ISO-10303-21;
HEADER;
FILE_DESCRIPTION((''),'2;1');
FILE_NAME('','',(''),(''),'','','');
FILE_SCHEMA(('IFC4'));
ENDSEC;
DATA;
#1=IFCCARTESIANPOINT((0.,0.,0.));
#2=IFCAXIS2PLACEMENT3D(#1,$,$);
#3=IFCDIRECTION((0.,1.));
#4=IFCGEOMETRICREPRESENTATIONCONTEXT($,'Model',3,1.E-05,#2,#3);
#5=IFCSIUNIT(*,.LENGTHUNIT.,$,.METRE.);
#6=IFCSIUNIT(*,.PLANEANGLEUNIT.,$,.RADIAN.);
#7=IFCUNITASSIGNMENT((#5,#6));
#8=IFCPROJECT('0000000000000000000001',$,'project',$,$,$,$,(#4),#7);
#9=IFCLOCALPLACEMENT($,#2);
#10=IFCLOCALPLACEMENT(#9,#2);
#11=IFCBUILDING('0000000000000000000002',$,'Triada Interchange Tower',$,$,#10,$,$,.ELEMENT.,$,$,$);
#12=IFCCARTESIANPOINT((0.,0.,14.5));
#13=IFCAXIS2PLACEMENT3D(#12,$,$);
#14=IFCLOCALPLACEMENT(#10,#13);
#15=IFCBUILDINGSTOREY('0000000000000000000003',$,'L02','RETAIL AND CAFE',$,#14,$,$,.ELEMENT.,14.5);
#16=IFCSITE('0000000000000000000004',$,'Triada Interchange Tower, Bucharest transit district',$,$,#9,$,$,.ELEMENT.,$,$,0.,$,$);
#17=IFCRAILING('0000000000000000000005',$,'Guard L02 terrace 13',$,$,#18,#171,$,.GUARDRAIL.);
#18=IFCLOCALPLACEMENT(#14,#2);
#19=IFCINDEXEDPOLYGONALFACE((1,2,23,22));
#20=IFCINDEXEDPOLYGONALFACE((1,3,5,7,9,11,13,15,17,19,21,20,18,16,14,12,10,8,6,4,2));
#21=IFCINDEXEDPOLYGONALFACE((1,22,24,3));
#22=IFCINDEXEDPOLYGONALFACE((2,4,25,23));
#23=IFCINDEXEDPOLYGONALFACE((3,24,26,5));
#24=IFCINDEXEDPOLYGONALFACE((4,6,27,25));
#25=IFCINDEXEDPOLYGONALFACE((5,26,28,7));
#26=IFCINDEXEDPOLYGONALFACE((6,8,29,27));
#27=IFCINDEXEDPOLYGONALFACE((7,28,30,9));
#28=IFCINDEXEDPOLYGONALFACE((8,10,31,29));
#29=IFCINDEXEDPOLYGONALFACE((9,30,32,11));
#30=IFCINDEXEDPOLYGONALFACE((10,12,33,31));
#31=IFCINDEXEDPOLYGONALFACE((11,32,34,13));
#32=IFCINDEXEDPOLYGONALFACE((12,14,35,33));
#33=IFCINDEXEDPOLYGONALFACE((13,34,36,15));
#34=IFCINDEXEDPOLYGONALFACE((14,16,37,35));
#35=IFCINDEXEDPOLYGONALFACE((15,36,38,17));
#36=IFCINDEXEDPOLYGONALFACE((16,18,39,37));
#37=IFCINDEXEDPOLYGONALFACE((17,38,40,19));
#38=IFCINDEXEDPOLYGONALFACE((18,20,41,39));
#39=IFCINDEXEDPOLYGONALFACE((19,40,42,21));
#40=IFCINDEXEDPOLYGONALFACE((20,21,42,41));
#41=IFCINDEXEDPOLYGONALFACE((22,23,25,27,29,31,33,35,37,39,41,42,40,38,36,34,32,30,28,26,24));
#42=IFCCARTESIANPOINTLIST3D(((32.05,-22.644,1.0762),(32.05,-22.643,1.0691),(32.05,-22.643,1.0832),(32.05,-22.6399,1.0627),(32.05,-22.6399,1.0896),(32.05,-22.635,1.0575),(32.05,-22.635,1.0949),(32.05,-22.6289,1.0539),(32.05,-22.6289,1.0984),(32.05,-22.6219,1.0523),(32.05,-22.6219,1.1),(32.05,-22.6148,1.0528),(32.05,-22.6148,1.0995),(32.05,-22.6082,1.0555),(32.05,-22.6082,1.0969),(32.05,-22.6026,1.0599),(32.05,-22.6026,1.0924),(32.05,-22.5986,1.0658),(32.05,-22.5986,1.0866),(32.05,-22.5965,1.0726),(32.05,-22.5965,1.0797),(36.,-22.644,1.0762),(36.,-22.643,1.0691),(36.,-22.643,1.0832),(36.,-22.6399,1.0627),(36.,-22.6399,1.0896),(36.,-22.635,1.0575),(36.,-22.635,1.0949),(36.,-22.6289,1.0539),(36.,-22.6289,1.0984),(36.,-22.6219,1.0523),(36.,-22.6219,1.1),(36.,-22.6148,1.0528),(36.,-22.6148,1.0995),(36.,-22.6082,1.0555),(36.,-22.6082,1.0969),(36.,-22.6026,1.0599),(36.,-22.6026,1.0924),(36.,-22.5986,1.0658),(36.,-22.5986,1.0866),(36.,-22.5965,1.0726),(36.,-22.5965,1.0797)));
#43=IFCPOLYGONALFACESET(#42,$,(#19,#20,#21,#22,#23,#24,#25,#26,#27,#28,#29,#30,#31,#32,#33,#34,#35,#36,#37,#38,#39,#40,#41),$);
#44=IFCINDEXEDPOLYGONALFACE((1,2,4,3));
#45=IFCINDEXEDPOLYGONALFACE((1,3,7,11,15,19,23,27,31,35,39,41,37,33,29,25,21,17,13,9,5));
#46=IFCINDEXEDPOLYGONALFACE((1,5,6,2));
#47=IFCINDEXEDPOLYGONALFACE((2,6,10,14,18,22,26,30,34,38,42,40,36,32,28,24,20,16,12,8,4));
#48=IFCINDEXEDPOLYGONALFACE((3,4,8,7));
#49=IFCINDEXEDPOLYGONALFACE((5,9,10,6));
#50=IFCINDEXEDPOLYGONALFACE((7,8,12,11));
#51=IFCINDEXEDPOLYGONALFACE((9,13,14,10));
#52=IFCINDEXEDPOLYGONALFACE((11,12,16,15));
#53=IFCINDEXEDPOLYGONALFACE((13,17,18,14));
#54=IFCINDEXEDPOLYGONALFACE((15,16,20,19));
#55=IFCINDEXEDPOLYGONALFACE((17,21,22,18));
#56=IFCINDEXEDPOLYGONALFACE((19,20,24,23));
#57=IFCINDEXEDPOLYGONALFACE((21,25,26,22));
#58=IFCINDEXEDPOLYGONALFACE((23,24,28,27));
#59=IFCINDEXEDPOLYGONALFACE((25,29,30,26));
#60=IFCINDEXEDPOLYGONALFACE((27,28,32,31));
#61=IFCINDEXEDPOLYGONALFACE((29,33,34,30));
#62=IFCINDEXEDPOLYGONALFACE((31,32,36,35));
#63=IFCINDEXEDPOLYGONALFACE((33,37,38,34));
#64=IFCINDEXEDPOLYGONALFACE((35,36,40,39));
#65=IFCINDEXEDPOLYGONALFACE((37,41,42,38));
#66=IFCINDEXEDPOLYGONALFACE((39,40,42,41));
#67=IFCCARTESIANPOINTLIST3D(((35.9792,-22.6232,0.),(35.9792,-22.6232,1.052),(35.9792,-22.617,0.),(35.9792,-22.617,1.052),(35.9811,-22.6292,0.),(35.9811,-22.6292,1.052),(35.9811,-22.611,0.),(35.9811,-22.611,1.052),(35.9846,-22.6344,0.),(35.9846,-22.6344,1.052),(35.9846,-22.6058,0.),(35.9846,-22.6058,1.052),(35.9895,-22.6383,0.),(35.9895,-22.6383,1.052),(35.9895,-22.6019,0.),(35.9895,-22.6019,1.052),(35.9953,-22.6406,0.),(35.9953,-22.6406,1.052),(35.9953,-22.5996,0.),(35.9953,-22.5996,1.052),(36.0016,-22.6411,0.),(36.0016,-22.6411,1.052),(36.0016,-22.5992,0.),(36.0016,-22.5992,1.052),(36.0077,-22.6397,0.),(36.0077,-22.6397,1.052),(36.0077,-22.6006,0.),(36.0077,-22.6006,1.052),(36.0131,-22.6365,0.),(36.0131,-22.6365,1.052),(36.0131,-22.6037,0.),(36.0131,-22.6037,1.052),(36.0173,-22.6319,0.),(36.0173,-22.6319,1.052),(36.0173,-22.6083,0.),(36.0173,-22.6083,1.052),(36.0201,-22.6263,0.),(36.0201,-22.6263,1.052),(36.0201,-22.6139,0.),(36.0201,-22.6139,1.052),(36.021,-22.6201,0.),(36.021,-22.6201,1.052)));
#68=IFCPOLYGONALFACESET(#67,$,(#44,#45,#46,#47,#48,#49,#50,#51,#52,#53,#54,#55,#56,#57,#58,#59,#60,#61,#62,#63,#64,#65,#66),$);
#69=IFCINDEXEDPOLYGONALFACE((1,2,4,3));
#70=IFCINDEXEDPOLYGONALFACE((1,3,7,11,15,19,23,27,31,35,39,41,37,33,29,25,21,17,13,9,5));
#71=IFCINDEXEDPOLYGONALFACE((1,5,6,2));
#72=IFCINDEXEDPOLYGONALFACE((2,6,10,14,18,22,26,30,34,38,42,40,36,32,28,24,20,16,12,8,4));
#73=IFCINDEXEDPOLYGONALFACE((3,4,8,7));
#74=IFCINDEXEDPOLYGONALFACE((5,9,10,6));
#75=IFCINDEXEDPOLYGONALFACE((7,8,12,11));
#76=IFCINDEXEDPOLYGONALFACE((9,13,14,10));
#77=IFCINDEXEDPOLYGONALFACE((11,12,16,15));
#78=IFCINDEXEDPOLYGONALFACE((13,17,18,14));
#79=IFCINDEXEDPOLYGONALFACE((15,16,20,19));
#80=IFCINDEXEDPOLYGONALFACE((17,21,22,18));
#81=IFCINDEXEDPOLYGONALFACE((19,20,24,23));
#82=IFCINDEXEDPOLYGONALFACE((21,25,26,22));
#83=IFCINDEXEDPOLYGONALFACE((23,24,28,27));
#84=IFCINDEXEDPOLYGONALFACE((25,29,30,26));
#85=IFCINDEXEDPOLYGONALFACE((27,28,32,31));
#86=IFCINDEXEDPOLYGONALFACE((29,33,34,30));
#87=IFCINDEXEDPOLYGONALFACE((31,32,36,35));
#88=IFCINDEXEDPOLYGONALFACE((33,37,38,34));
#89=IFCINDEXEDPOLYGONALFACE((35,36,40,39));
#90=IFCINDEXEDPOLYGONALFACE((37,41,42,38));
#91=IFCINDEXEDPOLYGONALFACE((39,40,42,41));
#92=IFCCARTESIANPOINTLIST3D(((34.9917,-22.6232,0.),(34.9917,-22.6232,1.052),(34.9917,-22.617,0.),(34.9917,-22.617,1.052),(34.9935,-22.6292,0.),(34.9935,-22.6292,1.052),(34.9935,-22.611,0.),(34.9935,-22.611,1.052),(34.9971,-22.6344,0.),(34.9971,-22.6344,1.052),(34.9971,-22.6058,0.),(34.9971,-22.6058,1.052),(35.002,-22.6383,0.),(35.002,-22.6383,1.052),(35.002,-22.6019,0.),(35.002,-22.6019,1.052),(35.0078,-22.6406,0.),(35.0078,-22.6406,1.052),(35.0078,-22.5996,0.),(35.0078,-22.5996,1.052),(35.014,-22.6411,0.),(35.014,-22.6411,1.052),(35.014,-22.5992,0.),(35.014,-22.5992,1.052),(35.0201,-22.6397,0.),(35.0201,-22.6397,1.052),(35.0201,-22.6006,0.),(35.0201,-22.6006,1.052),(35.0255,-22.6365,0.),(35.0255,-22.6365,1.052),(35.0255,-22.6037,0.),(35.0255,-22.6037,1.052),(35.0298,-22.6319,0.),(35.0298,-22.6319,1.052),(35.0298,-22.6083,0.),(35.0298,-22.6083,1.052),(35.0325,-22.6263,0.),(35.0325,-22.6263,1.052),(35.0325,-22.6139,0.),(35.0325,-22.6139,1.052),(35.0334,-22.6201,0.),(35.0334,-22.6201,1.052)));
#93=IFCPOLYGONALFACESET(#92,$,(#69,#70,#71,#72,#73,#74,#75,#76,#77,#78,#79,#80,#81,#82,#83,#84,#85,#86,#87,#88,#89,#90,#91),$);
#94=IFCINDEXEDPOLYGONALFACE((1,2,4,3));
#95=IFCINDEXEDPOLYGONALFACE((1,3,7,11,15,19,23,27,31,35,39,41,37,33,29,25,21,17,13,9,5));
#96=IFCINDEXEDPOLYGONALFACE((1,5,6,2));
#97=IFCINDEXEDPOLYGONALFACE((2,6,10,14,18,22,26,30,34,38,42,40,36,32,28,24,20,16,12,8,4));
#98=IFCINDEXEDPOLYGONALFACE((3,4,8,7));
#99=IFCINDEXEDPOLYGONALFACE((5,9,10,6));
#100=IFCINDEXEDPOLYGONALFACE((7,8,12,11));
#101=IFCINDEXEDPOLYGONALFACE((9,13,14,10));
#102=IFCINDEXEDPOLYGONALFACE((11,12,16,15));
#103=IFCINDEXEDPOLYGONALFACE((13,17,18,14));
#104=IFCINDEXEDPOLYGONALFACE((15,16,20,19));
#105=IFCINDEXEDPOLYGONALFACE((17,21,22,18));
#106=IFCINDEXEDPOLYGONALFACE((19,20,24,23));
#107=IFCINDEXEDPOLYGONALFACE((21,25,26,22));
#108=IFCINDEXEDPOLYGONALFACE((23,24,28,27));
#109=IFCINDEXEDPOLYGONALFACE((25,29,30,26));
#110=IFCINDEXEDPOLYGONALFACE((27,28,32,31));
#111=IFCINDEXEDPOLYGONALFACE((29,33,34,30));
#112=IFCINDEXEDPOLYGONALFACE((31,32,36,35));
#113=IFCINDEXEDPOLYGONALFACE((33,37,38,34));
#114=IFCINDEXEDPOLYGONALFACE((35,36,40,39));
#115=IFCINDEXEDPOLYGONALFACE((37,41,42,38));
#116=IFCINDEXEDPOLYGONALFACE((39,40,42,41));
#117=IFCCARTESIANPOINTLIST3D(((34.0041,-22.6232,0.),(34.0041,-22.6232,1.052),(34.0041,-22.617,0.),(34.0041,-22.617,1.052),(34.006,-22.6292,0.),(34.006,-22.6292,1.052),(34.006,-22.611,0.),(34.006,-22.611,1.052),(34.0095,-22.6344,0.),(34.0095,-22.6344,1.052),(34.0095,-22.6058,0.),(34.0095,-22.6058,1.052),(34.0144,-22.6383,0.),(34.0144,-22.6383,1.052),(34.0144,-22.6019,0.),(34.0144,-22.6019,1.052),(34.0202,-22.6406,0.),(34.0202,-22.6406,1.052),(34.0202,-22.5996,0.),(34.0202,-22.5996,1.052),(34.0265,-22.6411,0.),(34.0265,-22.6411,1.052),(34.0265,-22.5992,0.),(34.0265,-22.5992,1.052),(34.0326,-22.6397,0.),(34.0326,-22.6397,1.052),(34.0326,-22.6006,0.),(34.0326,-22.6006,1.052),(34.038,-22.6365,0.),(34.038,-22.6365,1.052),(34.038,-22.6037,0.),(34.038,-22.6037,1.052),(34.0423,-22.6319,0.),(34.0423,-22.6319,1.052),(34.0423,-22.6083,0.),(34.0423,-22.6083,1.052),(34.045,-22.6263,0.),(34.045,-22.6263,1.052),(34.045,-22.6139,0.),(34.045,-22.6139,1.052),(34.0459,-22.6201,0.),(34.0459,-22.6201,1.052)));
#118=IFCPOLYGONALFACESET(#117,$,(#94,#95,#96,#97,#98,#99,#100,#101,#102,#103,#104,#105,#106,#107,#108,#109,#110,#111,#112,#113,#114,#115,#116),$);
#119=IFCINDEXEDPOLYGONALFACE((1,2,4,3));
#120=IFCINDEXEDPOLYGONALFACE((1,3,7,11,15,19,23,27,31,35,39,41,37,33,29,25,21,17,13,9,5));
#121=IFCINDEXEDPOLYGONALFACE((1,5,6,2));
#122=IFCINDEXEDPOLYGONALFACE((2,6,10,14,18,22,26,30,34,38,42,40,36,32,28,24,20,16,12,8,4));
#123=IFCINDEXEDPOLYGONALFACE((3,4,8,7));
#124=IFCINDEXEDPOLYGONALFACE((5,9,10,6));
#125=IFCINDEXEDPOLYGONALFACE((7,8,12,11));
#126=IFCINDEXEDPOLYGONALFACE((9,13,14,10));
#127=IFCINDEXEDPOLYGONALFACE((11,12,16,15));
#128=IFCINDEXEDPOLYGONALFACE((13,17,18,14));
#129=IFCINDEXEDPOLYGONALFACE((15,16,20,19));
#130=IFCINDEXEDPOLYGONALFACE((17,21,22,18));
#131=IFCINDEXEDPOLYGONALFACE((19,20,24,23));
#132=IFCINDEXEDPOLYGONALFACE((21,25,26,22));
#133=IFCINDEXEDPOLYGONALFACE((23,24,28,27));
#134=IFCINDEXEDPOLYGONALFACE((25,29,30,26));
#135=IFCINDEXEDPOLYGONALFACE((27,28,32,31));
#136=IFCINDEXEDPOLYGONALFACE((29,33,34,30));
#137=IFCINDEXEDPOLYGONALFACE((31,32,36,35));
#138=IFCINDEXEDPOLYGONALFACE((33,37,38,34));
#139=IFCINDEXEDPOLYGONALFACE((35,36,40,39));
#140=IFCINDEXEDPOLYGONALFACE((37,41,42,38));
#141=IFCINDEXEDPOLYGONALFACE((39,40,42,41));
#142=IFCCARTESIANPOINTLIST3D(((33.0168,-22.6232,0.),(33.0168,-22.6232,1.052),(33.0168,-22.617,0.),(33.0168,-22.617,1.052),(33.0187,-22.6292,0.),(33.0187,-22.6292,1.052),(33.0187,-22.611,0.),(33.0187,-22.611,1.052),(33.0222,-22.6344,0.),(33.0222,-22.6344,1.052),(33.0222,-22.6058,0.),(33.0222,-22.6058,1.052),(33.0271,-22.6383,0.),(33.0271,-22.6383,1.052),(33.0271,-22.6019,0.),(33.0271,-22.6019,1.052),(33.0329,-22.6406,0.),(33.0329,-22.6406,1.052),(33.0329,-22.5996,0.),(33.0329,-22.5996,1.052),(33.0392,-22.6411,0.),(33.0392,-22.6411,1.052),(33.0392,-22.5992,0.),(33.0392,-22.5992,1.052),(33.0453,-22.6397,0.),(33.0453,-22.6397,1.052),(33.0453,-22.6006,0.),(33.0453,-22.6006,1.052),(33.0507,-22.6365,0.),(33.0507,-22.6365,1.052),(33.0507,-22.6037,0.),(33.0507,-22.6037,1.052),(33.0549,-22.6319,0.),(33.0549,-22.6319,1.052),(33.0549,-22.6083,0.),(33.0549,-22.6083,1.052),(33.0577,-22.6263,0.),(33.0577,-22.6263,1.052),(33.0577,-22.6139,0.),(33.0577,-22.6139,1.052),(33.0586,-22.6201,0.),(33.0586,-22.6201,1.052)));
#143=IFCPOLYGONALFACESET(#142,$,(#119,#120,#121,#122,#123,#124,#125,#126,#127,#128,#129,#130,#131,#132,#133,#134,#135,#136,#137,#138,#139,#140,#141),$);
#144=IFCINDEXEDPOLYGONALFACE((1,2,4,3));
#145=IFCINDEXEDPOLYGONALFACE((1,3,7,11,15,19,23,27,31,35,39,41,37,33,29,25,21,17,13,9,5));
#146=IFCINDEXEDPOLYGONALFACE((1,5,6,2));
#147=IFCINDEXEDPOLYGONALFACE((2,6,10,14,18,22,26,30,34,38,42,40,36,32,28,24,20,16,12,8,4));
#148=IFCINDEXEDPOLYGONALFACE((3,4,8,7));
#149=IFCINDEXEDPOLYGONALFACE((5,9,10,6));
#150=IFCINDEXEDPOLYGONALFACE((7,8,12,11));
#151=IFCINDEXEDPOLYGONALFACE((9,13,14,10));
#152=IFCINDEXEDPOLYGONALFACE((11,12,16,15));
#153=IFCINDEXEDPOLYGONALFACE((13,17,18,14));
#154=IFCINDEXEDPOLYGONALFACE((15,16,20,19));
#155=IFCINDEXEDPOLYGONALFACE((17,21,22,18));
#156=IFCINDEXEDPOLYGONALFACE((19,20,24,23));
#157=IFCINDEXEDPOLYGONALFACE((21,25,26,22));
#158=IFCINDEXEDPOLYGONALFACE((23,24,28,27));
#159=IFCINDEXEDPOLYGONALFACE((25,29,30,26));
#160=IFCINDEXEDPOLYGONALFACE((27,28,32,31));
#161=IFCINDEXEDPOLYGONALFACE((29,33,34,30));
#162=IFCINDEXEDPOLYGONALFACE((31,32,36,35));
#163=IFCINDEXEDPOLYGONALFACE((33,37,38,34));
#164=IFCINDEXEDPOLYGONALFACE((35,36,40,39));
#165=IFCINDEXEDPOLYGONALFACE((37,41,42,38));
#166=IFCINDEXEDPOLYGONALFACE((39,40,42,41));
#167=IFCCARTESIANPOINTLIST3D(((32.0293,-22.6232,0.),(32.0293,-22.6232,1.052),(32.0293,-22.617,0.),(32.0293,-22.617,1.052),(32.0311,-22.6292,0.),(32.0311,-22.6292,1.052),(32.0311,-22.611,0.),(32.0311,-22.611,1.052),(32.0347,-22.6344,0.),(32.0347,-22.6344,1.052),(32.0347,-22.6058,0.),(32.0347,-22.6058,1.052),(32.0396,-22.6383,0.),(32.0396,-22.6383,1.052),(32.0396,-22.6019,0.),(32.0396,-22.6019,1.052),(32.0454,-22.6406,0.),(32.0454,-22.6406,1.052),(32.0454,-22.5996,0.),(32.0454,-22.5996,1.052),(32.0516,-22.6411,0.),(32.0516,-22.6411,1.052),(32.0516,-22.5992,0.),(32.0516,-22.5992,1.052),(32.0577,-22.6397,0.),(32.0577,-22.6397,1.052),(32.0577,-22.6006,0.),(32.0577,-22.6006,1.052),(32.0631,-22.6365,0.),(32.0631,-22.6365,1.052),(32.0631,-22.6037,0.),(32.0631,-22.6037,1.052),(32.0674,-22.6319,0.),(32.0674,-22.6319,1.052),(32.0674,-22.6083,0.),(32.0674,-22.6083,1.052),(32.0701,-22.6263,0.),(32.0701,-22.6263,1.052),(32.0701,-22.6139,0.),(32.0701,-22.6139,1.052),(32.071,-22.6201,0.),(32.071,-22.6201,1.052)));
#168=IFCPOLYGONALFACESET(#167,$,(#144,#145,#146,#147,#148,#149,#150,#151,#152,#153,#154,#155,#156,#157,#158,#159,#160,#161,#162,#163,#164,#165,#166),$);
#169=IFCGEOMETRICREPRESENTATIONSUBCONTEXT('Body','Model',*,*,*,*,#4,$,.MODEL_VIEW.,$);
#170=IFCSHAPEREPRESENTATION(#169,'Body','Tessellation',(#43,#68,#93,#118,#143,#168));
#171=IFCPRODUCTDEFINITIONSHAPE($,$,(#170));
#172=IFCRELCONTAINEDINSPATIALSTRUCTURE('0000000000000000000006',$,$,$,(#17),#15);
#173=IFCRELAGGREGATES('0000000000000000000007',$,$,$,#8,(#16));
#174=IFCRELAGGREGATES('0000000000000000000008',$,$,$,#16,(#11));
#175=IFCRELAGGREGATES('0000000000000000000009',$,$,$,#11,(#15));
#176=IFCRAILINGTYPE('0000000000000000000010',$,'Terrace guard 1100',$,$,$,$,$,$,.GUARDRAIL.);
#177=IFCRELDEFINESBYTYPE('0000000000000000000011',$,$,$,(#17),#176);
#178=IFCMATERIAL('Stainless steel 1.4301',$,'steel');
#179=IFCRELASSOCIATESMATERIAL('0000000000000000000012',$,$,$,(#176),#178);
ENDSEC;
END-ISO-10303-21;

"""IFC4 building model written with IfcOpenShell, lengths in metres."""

from ifc_helpers import new_model, si_unit, direction, frame, origin, origin_2d, place, context, subcontext, project, spatial, circle, extrude, material, type_object, element, save


model = new_model("IFC4")

# Units and contexts
model_context = context("Model", 3, precision=1e-05, world=origin(), true_north=direction((0.0, 1.0)))
body_context = subcontext(model_context, "Body", "Model", "MODEL_VIEW")
ifc_project = project(units=[si_unit("LENGTHUNIT", "METRE"), si_unit("PLANEANGLEUNIT", "RADIAN")], contexts=[model_context])

# Site, building, storey
site_placement = place(None, origin())
site = spatial("IfcSite", under=ifc_project, at=site_placement, Name="Triada Interchange Tower, Bucharest transit district", CompositionType="ELEMENT", RefElevation=0.0)
building_placement = place(site_placement, origin())
building = spatial("IfcBuilding", under=site, at=building_placement, Name="Triada Interchange Tower", CompositionType="ELEMENT")
storey_placement = place(building_placement, frame((0.0, 0.0, 14.5)))
storey = spatial("IfcBuildingStorey", under=building, at=storey_placement, Name="L02", Description="RETAIL AND CAFE", CompositionType="ELEMENT", Elevation=14.5)

# Railing
ifc_material_1 = material(Name="Stainless steel 1.4301", Category="steel")
railing_type = type_object("IfcRailingType", Name="Terrace guard 1100", PredefinedType="GUARDRAIL", material=ifc_material_1)
railing_placement = place(storey_placement, frame((36.0, -22.6201, 0.0)))
element("IfcRailing", 1, at=railing_placement, inside=storey, type_object=railing_type, Name="Guard L02 terrace 13", PredefinedType="GUARDRAIL", context=body_context, shape_type="SweptSolid", body=[
    extrude(circle(Radius=0.0239, at=origin_2d()), frame((0.0, 0.0, 1.0762), z_axis=(-1.0, 0.0, 0.0), x_axis=(0.0, -1.0, 0.0)), (0.0, 0.0, 1.0), 3.95),
    extrude(circle(Radius=0.021, at=origin_2d()), origin(), (0.0, 0.0, 1.0), 1.052),
    extrude(circle(Radius=0.021, at=origin_2d()), frame((-0.9875, 0.0, 0.0)), (0.0, 0.0, 1.0), 1.052),
    extrude(circle(Radius=0.021, at=origin_2d()), frame((-1.9751, 0.0, 0.0)), (0.0, 0.0, 1.0), 1.052),
    extrude(circle(Radius=0.021, at=origin_2d()), frame((-2.9624, 0.0, 0.0)), (0.0, 0.0, 1.0), 1.052),
    extrude(circle(Radius=0.021, at=origin_2d()), frame((-3.95, 0.0, 0.0)), (0.0, 0.0, 1.0), 1.052),
])

save(model, "model.ifc")
